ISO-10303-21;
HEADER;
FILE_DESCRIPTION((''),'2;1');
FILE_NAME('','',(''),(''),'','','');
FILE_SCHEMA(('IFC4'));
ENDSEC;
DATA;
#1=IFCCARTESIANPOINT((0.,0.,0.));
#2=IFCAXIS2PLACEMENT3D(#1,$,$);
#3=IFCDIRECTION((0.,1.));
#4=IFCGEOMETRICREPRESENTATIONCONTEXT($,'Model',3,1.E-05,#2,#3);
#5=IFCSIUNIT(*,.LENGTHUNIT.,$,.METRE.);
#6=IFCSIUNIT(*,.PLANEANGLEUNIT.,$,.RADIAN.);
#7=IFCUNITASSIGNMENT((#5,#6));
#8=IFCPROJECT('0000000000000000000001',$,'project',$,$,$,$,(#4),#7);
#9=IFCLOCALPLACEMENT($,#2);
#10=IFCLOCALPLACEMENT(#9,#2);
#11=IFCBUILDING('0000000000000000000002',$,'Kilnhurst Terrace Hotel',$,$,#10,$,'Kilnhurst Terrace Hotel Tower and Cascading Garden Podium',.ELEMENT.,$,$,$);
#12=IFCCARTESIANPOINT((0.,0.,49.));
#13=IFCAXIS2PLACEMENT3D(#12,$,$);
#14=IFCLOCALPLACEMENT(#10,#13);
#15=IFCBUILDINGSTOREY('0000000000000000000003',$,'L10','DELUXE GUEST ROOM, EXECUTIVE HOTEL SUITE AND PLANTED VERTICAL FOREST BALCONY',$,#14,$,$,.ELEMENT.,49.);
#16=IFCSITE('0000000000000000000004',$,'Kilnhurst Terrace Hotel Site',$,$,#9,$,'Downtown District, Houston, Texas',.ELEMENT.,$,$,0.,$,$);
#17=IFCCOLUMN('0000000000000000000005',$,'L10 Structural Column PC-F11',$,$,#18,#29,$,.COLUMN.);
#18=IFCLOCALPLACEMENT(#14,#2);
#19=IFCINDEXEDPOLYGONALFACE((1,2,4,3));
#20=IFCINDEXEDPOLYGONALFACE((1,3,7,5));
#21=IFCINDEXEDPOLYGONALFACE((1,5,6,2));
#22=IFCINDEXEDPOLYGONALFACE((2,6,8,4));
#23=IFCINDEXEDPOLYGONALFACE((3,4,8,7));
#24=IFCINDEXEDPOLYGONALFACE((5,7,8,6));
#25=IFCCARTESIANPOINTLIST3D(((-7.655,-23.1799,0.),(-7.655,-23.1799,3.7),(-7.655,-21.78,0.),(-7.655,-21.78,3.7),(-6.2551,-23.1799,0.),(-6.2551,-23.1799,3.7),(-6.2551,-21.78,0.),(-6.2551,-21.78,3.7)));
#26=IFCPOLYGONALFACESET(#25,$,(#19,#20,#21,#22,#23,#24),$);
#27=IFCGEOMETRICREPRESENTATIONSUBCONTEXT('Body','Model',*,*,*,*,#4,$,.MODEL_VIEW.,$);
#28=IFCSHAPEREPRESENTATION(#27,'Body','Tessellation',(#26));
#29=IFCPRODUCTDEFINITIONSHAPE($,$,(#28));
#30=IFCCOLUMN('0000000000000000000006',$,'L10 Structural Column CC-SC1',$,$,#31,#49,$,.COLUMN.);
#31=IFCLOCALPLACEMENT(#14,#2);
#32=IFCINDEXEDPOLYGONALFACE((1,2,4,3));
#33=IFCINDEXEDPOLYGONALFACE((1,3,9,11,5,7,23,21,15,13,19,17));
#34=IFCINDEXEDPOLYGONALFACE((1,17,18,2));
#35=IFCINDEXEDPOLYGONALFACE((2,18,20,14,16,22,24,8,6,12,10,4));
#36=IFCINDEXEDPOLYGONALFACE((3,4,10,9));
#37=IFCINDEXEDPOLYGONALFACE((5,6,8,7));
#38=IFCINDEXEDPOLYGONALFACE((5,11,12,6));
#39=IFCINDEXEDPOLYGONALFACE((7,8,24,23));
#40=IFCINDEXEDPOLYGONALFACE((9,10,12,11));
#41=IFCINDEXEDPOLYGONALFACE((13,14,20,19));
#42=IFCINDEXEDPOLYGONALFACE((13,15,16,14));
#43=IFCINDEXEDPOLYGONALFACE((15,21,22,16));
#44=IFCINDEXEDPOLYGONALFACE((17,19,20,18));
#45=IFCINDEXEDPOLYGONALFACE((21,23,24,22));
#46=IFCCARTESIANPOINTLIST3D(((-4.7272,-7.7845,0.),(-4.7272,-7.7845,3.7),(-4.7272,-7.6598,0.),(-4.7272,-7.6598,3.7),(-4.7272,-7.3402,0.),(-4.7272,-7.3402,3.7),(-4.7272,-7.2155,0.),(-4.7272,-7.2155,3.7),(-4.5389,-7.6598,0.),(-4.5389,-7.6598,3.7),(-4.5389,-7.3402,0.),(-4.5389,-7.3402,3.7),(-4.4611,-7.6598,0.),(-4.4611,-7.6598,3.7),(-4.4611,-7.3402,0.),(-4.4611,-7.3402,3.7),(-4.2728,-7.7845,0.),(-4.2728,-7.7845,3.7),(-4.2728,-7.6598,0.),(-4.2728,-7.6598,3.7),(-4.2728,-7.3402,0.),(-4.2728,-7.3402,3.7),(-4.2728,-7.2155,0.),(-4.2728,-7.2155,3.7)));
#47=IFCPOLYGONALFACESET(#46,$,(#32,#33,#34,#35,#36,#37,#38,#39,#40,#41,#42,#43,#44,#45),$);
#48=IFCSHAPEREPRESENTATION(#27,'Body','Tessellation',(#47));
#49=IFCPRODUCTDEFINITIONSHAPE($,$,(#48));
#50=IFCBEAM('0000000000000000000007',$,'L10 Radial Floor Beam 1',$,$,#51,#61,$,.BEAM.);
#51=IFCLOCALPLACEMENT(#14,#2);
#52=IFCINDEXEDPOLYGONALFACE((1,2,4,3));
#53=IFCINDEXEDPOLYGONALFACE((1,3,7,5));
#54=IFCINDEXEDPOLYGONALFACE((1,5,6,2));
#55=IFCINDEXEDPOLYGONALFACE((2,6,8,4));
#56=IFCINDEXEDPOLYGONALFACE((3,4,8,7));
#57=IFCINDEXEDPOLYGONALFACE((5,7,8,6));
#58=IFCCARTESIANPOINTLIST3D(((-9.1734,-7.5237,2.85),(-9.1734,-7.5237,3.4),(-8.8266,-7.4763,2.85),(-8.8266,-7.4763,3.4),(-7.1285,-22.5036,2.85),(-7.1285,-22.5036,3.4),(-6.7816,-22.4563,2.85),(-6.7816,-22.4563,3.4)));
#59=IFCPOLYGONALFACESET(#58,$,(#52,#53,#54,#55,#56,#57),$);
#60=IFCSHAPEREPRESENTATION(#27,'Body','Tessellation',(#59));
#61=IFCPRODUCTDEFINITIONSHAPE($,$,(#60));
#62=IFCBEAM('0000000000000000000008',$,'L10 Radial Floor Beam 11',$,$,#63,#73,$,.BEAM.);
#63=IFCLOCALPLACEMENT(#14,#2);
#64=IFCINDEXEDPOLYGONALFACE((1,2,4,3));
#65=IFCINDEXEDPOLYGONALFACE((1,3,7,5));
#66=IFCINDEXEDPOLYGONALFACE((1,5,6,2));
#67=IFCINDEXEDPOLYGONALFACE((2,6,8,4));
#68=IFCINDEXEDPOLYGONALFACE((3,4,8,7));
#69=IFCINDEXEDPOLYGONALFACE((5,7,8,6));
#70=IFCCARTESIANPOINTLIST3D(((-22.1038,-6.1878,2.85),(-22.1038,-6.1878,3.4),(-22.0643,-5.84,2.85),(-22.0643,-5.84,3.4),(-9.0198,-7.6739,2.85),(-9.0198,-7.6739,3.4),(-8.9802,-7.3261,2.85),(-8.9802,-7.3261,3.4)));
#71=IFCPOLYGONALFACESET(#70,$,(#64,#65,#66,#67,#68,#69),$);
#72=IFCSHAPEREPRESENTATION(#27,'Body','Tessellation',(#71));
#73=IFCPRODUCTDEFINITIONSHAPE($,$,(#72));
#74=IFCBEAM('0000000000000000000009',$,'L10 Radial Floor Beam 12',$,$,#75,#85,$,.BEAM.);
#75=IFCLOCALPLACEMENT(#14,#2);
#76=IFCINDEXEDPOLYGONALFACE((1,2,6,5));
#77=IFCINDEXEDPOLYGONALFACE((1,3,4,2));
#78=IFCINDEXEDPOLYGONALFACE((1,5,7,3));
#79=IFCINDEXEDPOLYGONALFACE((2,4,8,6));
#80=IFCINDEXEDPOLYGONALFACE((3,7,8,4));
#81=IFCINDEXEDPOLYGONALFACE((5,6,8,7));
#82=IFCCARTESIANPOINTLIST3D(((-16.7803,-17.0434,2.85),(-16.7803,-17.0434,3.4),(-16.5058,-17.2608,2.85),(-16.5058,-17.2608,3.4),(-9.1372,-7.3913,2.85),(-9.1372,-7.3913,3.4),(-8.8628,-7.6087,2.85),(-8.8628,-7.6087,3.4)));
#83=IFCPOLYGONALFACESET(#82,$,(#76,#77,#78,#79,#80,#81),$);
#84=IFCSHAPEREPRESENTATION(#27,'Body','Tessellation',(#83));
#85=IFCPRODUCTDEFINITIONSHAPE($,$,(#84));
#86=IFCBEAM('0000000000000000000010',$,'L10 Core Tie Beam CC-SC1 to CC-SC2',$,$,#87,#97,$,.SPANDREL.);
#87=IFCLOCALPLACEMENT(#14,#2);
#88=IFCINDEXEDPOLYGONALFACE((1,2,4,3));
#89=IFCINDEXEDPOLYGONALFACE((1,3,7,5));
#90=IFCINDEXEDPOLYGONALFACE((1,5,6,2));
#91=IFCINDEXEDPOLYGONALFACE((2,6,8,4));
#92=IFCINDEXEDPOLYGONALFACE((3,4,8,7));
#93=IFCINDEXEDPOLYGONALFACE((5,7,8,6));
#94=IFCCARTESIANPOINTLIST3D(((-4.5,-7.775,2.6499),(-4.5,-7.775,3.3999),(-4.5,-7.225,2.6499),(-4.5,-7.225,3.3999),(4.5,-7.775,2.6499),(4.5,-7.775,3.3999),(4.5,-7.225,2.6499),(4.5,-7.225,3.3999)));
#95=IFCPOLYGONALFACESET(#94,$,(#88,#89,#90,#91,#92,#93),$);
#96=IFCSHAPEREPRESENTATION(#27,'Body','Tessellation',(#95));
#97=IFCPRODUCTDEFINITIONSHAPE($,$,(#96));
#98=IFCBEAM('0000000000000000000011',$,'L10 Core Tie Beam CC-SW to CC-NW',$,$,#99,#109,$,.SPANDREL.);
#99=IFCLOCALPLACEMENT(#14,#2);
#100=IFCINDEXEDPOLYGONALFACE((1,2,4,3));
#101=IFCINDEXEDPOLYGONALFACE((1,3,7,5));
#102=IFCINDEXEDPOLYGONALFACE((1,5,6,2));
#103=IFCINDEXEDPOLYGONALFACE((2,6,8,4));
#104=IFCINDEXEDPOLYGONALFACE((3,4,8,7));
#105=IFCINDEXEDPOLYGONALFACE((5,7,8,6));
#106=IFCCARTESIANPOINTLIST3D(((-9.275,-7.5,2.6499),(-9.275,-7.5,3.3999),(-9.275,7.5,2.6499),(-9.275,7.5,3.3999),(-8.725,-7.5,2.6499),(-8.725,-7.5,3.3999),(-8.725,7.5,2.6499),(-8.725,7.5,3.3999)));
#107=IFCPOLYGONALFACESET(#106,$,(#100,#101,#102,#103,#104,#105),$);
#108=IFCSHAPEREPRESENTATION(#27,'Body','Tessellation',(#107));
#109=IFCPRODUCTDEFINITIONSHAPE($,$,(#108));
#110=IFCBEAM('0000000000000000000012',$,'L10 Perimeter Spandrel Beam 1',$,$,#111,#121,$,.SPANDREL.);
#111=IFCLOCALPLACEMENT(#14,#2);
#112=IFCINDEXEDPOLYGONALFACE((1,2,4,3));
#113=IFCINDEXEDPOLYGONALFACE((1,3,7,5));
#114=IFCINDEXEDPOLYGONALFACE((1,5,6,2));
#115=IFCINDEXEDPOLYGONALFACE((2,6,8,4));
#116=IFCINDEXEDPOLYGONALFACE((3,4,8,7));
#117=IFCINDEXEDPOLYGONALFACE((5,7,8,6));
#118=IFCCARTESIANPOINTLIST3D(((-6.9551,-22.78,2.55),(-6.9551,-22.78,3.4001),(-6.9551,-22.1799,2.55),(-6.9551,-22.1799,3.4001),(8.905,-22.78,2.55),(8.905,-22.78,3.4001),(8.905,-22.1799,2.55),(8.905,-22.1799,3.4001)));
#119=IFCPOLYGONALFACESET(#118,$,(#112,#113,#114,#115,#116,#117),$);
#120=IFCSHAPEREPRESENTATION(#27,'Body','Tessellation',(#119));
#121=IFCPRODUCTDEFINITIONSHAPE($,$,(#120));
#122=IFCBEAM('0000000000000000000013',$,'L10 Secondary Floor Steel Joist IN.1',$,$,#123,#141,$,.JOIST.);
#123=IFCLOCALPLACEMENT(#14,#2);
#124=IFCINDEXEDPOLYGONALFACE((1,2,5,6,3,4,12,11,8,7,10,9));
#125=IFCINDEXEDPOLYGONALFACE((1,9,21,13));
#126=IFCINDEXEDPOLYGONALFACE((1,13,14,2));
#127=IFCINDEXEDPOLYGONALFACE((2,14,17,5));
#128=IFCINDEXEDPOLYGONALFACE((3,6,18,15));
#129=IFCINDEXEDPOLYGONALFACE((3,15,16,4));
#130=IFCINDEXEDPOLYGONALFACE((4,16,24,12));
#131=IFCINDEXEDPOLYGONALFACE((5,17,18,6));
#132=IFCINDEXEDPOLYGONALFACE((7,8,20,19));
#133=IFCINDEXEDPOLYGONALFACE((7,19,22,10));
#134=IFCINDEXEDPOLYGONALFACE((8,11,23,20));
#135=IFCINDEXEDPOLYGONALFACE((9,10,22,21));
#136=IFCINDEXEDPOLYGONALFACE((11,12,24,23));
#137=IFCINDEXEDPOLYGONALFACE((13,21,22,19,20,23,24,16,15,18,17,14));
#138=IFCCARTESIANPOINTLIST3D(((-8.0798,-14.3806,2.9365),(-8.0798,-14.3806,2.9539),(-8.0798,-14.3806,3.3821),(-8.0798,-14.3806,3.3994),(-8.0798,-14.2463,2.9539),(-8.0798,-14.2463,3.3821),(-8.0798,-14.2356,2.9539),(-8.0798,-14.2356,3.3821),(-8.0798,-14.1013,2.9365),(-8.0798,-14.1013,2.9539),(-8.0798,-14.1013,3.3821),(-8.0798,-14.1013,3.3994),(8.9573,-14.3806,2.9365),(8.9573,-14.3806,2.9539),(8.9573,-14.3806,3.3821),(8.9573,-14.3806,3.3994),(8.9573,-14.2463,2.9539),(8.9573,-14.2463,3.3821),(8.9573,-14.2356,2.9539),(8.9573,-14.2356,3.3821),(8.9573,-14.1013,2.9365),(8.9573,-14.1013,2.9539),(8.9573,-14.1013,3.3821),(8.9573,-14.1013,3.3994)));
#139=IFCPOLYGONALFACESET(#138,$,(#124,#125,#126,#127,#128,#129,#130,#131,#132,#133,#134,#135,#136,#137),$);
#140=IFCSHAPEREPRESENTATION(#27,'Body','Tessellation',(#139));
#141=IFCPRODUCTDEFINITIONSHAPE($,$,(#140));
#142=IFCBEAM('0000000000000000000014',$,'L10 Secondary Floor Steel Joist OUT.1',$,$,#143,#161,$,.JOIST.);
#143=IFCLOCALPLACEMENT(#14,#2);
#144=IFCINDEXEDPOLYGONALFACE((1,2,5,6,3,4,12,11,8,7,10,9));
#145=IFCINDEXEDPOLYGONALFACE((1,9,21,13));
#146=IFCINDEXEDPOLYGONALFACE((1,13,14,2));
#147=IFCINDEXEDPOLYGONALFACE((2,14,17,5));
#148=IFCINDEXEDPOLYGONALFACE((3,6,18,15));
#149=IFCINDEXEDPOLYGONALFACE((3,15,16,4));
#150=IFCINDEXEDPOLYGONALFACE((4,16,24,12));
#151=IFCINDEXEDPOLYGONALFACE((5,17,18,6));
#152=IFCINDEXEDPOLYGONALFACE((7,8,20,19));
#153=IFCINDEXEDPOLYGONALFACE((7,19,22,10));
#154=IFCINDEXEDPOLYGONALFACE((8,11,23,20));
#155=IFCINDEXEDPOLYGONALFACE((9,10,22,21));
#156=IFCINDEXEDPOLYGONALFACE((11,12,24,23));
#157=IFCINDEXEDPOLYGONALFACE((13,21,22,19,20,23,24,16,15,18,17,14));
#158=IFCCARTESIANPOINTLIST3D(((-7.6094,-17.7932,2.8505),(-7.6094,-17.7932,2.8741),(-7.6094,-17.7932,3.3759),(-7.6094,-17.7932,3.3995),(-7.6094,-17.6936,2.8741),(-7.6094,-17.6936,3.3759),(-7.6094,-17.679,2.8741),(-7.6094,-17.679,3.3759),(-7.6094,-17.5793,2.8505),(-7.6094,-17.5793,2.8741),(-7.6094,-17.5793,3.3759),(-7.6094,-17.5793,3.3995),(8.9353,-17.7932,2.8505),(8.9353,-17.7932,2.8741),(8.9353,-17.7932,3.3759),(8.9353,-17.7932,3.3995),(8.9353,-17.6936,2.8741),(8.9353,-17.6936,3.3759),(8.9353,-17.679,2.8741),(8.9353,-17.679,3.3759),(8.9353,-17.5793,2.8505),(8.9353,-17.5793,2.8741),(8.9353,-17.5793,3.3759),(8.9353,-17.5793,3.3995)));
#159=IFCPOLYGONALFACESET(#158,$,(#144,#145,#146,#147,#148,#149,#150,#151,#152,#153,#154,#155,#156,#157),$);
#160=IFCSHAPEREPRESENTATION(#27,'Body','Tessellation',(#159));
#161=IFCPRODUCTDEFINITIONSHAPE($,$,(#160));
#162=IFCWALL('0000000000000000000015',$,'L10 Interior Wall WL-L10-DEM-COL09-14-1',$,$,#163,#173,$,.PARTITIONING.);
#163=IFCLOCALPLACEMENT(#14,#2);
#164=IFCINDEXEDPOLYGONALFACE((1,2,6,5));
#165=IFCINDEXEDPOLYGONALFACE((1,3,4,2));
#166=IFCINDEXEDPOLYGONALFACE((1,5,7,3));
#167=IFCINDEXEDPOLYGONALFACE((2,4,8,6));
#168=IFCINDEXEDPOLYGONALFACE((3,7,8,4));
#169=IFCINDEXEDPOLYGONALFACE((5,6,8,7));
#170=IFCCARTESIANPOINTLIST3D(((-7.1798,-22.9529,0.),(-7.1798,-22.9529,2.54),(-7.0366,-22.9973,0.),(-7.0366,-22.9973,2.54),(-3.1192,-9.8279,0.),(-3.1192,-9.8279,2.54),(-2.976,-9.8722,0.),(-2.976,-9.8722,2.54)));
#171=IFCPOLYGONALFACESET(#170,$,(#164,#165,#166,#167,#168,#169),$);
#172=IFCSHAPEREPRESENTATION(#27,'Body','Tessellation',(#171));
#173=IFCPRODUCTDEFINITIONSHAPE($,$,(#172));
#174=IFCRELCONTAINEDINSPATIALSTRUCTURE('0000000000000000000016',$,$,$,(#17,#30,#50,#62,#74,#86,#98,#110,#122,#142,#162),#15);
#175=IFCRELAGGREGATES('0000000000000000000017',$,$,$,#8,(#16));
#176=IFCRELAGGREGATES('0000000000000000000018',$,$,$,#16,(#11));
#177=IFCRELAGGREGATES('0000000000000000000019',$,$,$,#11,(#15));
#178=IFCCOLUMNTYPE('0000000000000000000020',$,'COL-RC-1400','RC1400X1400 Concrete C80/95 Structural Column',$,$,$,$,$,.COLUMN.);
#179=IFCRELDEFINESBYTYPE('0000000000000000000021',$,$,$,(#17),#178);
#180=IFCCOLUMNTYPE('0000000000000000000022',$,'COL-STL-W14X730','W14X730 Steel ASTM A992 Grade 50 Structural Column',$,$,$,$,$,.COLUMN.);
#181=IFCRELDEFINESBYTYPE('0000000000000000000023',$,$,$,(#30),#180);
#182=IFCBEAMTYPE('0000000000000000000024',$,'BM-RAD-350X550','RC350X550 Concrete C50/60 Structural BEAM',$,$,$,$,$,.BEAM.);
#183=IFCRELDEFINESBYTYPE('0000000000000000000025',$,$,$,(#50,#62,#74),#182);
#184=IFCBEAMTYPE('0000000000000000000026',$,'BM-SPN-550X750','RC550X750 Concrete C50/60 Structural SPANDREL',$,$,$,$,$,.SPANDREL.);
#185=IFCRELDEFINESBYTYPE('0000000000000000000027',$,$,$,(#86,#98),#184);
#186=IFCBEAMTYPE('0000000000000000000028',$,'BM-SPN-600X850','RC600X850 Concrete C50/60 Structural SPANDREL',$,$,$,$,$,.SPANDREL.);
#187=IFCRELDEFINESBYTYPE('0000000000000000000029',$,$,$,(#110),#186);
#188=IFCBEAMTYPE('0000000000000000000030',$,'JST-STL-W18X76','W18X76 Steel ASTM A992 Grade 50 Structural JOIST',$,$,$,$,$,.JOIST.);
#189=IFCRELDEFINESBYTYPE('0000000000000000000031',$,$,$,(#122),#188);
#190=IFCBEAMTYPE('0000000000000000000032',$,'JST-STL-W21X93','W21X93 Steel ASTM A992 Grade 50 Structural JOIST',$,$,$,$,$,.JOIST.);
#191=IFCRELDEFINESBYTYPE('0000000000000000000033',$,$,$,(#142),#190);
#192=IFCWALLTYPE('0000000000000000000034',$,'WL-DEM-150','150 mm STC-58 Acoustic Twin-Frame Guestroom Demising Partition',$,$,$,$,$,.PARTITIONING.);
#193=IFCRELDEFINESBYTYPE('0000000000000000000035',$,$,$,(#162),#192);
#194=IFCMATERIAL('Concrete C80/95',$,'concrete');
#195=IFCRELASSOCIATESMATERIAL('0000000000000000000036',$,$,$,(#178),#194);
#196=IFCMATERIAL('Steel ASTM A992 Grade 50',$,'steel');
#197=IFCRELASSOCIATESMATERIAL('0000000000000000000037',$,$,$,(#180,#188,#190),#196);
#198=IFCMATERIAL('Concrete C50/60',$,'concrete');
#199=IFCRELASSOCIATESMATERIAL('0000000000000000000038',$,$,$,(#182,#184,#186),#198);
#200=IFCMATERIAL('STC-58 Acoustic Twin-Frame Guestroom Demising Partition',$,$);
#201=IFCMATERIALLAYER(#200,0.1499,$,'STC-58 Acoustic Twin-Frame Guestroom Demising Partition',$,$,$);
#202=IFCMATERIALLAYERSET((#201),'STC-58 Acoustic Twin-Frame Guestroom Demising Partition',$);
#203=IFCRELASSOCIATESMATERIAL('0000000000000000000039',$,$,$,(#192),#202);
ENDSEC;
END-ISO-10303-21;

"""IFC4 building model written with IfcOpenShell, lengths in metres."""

from ifc_helpers import new_model, si_unit, direction, frame, frame_2d, origin, origin_2d, place, context, subcontext, project, spatial, rectangle, i_section, extrude, material, layer, layer_set, material_profile, profile_set, type_object, element, save


model = new_model("IFC4")

# Units and contexts
model_context = context("Model", 3, precision=1e-05, world=origin(), true_north=direction((0.0, 1.0)))
body_context = subcontext(model_context, "Body", "Model", "MODEL_VIEW")
ifc_project = project(units=[si_unit("LENGTHUNIT", "METRE"), si_unit("PLANEANGLEUNIT", "RADIAN")], contexts=[model_context])

# Site, building, storey
site_placement = place(None, origin())
site = spatial("IfcSite", under=ifc_project, at=site_placement, Name="Kilnhurst Terrace Hotel Site", LongName="Downtown District, Houston, Texas", CompositionType="ELEMENT", RefElevation=0.0)
building_placement = place(site_placement, origin())
building = spatial("IfcBuilding", under=site, at=building_placement, Name="Kilnhurst Terrace Hotel", LongName="Kilnhurst Terrace Hotel Tower and Cascading Garden Podium", CompositionType="ELEMENT")
storey_placement = place(building_placement, frame((0.0, 0.0, 49.0)))
storey = spatial("IfcBuildingStorey", under=building, at=storey_placement, Name="L10", Description="DELUXE GUEST ROOM, EXECUTIVE HOTEL SUITE AND PLANTED VERTICAL FOREST BALCONY", CompositionType="ELEMENT", Elevation=49.0)

# Columns
ifc_material_1 = material(Name="Concrete C80/95", Category="concrete")
ifc_material_profile_1 = material_profile(ifc_material_1, rectangle(XDim=1.3999, YDim=1.3999, at=origin_2d()), Name="RC1400X1400")
ifc_profile_set_1 = profile_set([ifc_material_profile_1], Name="Concrete C80/95")
column_type_1 = type_object("IfcColumnType", Name="COL-RC-1400", Description="RC1400X1400 Concrete C80/95 Structural Column", PredefinedType="COLUMN", material=ifc_profile_set_1)
column_1_placement = place(storey_placement, frame((-6.9551, -22.48, 0.0), z_axis=(0.0, 0.0, 1.0), x_axis=(1.0, 0.0, 0.0)))
element("IfcColumn", 1, at=column_1_placement, inside=storey, type_object=column_type_1, Name="L10 Structural Column PC-F11", PredefinedType="COLUMN", context=body_context, shape_type="SweptSolid", body=[
    extrude(rectangle(XDim=1.3999, YDim=1.3999, at=origin_2d()), origin(), (0.0, 0.0, 1.0), 3.7),
])
ifc_material_2 = material(Name="Steel ASTM A992 Grade 50", Category="steel")
ifc_material_profile_2 = material_profile(ifc_material_2, i_section(OverallWidth=0.4543, OverallDepth=0.5691, WebThickness=0.0779, FlangeThickness=0.1248, at=origin_2d()), Name="W14X730")
ifc_profile_set_2 = profile_set([ifc_material_profile_2], Name="Steel ASTM A992 Grade 50")
column_type_2 = type_object("IfcColumnType", Name="COL-STL-W14X730", Description="W14X730 Steel ASTM A992 Grade 50 Structural Column", PredefinedType="COLUMN", material=ifc_profile_set_2)
column_2_placement = place(storey_placement, frame((-4.5, -7.5, 0.0), z_axis=(0.0, 0.0, 1.0), x_axis=(1.0, 0.0, 0.0)))
element("IfcColumn", 2, at=column_2_placement, inside=storey, type_object=column_type_2, Name="L10 Structural Column CC-SC1", PredefinedType="COLUMN", context=body_context, shape_type="SweptSolid", body=[
    extrude(i_section(OverallWidth=0.4543, OverallDepth=0.5691, WebThickness=0.0779, FlangeThickness=0.1248, at=origin_2d()), origin(), (0.0, 0.0, 1.0), 3.7),
])

# Beams
ifc_material_3 = material(Name="Concrete C50/60", Category="concrete")
ifc_material_profile_3 = material_profile(ifc_material_3, rectangle(XDim=0.3501, YDim=0.55, at=origin_2d()), Name="RC350X550")
ifc_profile_set_3 = profile_set([ifc_material_profile_3], Name="Concrete C50/60")
beam_type_1 = type_object("IfcBeamType", Name="BM-RAD-350X550", Description="RC350X550 Concrete C50/60 Structural BEAM", PredefinedType="BEAM", material=ifc_profile_set_3)
beam_1_placement = place(storey_placement, frame((-9.0, -7.5, 3.125), z_axis=(0.135256, -0.990811, 0.0), x_axis=(0.990811, 0.135256, 0.0)))
element("IfcBeam", 3, at=beam_1_placement, inside=storey, type_object=beam_type_1, Name="L10 Radial Floor Beam 1", PredefinedType="BEAM", context=body_context, shape_type="SweptSolid", body=[
    extrude(rectangle(XDim=0.3501, YDim=0.55, at=origin_2d()), origin(), (0.0, 0.0, 1.0), 15.1189),
])
beam_2_placement = place(storey_placement, frame((-9.0, -7.5, 3.125), z_axis=(-0.993611, 0.112855, 0.0), x_axis=(-0.112855, -0.993611, 0.0)))
element("IfcBeam", 4, at=beam_2_placement, inside=storey, type_object=beam_type_1, Name="L10 Radial Floor Beam 11", PredefinedType="BEAM", context=body_context, shape_type="SweptSolid", body=[
    extrude(rectangle(XDim=0.3501, YDim=0.55, at=origin_2d()), origin(), (0.0, 0.0, 1.0), 13.1682),
])
beam_3_placement = place(storey_placement, frame((-9.0, -7.5, 3.125), z_axis=(-0.620794, -0.783974, 0.0), x_axis=(0.783974, -0.620794, 0.0)))
element("IfcBeam", 5, at=beam_3_placement, inside=storey, type_object=beam_type_1, Name="L10 Radial Floor Beam 12", PredefinedType="BEAM", context=body_context, shape_type="SweptSolid", body=[
    extrude(rectangle(XDim=0.3501, YDim=0.55, at=origin_2d()), origin(), (0.0, 0.0, 1.0), 12.3118),
])
ifc_material_profile_4 = material_profile(ifc_material_3, rectangle(XDim=0.55, YDim=0.75, at=origin_2d()), Name="RC550X750")
ifc_profile_set_4 = profile_set([ifc_material_profile_4], Name="Concrete C50/60")
beam_type_2 = type_object("IfcBeamType", Name="BM-SPN-550X750", Description="RC550X750 Concrete C50/60 Structural SPANDREL", PredefinedType="SPANDREL", material=ifc_profile_set_4)
beam_4_placement = place(storey_placement, frame((-4.5, -7.5, 3.0249), z_axis=(1.0, 0.0, 0.0), x_axis=(0.0, 1.0, 0.0)))
element("IfcBeam", 6, at=beam_4_placement, inside=storey, type_object=beam_type_2, Name="L10 Core Tie Beam CC-SC1 to CC-SC2", PredefinedType="SPANDREL", context=body_context, shape_type="SweptSolid", body=[
    extrude(rectangle(XDim=0.55, YDim=0.75, at=origin_2d()), origin(), (0.0, 0.0, 1.0), 9.0),
])
beam_5_placement = place(storey_placement, frame((-9.0, -7.5, 3.0249), z_axis=(0.0, 1.0, 0.0), x_axis=(-1.0, 0.0, 0.0)))
element("IfcBeam", 7, at=beam_5_placement, inside=storey, type_object=beam_type_2, Name="L10 Core Tie Beam CC-SW to CC-NW", PredefinedType="SPANDREL", context=body_context, shape_type="SweptSolid", body=[
    extrude(rectangle(XDim=0.55, YDim=0.75, at=origin_2d()), origin(), (0.0, 0.0, 1.0), 15.0),
])
ifc_material_profile_5 = material_profile(ifc_material_3, rectangle(XDim=0.6001, YDim=0.8501, at=origin_2d()), Name="RC600X850")
ifc_profile_set_5 = profile_set([ifc_material_profile_5], Name="Concrete C50/60")
beam_type_3 = type_object("IfcBeamType", Name="BM-SPN-600X850", Description="RC600X850 Concrete C50/60 Structural SPANDREL", PredefinedType="SPANDREL", material=ifc_profile_set_5)
beam_6_placement = place(storey_placement, frame((-6.9551, -22.48, 2.9751), z_axis=(1.0, 0.0, 0.0), x_axis=(0.0, 1.0, 0.0)))
element("IfcBeam", 8, at=beam_6_placement, inside=storey, type_object=beam_type_3, Name="L10 Perimeter Spandrel Beam 1", PredefinedType="SPANDREL", context=body_context, shape_type="SweptSolid", body=[
    extrude(rectangle(XDim=0.6001, YDim=0.8501, at=origin_2d()), origin(), (0.0, 0.0, 1.0), 15.8601),
])
ifc_material_profile_6 = material_profile(ifc_material_2, i_section(OverallWidth=0.2793, OverallDepth=0.4629, WebThickness=0.0107, FlangeThickness=0.0173, at=origin_2d()), Name="W18X76")
ifc_profile_set_6 = profile_set([ifc_material_profile_6], Name="Steel ASTM A992 Grade 50")
beam_type_4 = type_object("IfcBeamType", Name="JST-STL-W18X76", Description="W18X76 Steel ASTM A992 Grade 50 Structural JOIST", PredefinedType="JOIST", material=ifc_profile_set_6)
beam_7_placement = place(storey_placement, frame((-8.0798, -14.241, 3.168), z_axis=(1.0, 0.0, 0.0), x_axis=(0.0, 1.0, 0.0)))
element("IfcBeam", 9, at=beam_7_placement, inside=storey, type_object=beam_type_4, Name="L10 Secondary Floor Steel Joist IN.1", PredefinedType="JOIST", context=body_context, shape_type="SweptSolid", body=[
    extrude(i_section(OverallWidth=0.2793, OverallDepth=0.4629, WebThickness=0.0107, FlangeThickness=0.0173, at=origin_2d()), origin(), (0.0, 0.0, 1.0), 17.0371),
])
ifc_material_profile_7 = material_profile(ifc_material_2, i_section(OverallWidth=0.2139, OverallDepth=0.5491, WebThickness=0.0146, FlangeThickness=0.0237, at=origin_2d()), Name="W21X93")
ifc_profile_set_7 = profile_set([ifc_material_profile_7], Name="Steel ASTM A992 Grade 50")
beam_type_5 = type_object("IfcBeamType", Name="JST-STL-W21X93", Description="W21X93 Steel ASTM A992 Grade 50 Structural JOIST", PredefinedType="JOIST", material=ifc_profile_set_7)
beam_8_placement = place(storey_placement, frame((-7.6094, -17.6863, 3.125), z_axis=(1.0, 0.0, 0.0), x_axis=(0.0, 1.0, 0.0)))
element("IfcBeam", 10, at=beam_8_placement, inside=storey, type_object=beam_type_5, Name="L10 Secondary Floor Steel Joist OUT.1", PredefinedType="JOIST", context=body_context, shape_type="SweptSolid", body=[
    extrude(i_section(OverallWidth=0.2139, OverallDepth=0.5491, WebThickness=0.0146, FlangeThickness=0.0237, at=origin_2d()), origin(), (0.0, 0.0, 1.0), 16.5447),
])

# Wall
ifc_material_4 = material(Name="STC-58 Acoustic Twin-Frame Guestroom Demising Partition")
ifc_layer_1 = layer(ifc_material_4, 0.1499, Name="STC-58 Acoustic Twin-Frame Guestroom Demising Partition")
ifc_layer_set_1 = layer_set([ifc_layer_1], Name="STC-58 Acoustic Twin-Frame Guestroom Demising Partition")
wall_type_1 = type_object("IfcWallType", Name="WL-DEM-150", Description="150 mm STC-58 Acoustic Twin-Frame Guestroom Demising Partition", PredefinedType="PARTITIONING", material=ifc_layer_set_1)
wall_1_placement = place(storey_placement, frame((-3.0476, -9.8501, 0.0), z_axis=(0.0, 0.0, 1.0), x_axis=(-0.295554, -0.955326, 0.0)))
element("IfcWall", 11, at=wall_1_placement, inside=storey, type_object=wall_type_1, Name="L10 Interior Wall WL-L10-DEM-COL09-14-1", PredefinedType="PARTITIONING", context=body_context, shape_type="SweptSolid", body=[
    extrude(rectangle(XDim=13.7388, YDim=0.1499, at=frame_2d((6.8694, 0.0))), origin(), (0.0, 0.0, 1.0), 2.54),
])

save(model, "model.ifc")
